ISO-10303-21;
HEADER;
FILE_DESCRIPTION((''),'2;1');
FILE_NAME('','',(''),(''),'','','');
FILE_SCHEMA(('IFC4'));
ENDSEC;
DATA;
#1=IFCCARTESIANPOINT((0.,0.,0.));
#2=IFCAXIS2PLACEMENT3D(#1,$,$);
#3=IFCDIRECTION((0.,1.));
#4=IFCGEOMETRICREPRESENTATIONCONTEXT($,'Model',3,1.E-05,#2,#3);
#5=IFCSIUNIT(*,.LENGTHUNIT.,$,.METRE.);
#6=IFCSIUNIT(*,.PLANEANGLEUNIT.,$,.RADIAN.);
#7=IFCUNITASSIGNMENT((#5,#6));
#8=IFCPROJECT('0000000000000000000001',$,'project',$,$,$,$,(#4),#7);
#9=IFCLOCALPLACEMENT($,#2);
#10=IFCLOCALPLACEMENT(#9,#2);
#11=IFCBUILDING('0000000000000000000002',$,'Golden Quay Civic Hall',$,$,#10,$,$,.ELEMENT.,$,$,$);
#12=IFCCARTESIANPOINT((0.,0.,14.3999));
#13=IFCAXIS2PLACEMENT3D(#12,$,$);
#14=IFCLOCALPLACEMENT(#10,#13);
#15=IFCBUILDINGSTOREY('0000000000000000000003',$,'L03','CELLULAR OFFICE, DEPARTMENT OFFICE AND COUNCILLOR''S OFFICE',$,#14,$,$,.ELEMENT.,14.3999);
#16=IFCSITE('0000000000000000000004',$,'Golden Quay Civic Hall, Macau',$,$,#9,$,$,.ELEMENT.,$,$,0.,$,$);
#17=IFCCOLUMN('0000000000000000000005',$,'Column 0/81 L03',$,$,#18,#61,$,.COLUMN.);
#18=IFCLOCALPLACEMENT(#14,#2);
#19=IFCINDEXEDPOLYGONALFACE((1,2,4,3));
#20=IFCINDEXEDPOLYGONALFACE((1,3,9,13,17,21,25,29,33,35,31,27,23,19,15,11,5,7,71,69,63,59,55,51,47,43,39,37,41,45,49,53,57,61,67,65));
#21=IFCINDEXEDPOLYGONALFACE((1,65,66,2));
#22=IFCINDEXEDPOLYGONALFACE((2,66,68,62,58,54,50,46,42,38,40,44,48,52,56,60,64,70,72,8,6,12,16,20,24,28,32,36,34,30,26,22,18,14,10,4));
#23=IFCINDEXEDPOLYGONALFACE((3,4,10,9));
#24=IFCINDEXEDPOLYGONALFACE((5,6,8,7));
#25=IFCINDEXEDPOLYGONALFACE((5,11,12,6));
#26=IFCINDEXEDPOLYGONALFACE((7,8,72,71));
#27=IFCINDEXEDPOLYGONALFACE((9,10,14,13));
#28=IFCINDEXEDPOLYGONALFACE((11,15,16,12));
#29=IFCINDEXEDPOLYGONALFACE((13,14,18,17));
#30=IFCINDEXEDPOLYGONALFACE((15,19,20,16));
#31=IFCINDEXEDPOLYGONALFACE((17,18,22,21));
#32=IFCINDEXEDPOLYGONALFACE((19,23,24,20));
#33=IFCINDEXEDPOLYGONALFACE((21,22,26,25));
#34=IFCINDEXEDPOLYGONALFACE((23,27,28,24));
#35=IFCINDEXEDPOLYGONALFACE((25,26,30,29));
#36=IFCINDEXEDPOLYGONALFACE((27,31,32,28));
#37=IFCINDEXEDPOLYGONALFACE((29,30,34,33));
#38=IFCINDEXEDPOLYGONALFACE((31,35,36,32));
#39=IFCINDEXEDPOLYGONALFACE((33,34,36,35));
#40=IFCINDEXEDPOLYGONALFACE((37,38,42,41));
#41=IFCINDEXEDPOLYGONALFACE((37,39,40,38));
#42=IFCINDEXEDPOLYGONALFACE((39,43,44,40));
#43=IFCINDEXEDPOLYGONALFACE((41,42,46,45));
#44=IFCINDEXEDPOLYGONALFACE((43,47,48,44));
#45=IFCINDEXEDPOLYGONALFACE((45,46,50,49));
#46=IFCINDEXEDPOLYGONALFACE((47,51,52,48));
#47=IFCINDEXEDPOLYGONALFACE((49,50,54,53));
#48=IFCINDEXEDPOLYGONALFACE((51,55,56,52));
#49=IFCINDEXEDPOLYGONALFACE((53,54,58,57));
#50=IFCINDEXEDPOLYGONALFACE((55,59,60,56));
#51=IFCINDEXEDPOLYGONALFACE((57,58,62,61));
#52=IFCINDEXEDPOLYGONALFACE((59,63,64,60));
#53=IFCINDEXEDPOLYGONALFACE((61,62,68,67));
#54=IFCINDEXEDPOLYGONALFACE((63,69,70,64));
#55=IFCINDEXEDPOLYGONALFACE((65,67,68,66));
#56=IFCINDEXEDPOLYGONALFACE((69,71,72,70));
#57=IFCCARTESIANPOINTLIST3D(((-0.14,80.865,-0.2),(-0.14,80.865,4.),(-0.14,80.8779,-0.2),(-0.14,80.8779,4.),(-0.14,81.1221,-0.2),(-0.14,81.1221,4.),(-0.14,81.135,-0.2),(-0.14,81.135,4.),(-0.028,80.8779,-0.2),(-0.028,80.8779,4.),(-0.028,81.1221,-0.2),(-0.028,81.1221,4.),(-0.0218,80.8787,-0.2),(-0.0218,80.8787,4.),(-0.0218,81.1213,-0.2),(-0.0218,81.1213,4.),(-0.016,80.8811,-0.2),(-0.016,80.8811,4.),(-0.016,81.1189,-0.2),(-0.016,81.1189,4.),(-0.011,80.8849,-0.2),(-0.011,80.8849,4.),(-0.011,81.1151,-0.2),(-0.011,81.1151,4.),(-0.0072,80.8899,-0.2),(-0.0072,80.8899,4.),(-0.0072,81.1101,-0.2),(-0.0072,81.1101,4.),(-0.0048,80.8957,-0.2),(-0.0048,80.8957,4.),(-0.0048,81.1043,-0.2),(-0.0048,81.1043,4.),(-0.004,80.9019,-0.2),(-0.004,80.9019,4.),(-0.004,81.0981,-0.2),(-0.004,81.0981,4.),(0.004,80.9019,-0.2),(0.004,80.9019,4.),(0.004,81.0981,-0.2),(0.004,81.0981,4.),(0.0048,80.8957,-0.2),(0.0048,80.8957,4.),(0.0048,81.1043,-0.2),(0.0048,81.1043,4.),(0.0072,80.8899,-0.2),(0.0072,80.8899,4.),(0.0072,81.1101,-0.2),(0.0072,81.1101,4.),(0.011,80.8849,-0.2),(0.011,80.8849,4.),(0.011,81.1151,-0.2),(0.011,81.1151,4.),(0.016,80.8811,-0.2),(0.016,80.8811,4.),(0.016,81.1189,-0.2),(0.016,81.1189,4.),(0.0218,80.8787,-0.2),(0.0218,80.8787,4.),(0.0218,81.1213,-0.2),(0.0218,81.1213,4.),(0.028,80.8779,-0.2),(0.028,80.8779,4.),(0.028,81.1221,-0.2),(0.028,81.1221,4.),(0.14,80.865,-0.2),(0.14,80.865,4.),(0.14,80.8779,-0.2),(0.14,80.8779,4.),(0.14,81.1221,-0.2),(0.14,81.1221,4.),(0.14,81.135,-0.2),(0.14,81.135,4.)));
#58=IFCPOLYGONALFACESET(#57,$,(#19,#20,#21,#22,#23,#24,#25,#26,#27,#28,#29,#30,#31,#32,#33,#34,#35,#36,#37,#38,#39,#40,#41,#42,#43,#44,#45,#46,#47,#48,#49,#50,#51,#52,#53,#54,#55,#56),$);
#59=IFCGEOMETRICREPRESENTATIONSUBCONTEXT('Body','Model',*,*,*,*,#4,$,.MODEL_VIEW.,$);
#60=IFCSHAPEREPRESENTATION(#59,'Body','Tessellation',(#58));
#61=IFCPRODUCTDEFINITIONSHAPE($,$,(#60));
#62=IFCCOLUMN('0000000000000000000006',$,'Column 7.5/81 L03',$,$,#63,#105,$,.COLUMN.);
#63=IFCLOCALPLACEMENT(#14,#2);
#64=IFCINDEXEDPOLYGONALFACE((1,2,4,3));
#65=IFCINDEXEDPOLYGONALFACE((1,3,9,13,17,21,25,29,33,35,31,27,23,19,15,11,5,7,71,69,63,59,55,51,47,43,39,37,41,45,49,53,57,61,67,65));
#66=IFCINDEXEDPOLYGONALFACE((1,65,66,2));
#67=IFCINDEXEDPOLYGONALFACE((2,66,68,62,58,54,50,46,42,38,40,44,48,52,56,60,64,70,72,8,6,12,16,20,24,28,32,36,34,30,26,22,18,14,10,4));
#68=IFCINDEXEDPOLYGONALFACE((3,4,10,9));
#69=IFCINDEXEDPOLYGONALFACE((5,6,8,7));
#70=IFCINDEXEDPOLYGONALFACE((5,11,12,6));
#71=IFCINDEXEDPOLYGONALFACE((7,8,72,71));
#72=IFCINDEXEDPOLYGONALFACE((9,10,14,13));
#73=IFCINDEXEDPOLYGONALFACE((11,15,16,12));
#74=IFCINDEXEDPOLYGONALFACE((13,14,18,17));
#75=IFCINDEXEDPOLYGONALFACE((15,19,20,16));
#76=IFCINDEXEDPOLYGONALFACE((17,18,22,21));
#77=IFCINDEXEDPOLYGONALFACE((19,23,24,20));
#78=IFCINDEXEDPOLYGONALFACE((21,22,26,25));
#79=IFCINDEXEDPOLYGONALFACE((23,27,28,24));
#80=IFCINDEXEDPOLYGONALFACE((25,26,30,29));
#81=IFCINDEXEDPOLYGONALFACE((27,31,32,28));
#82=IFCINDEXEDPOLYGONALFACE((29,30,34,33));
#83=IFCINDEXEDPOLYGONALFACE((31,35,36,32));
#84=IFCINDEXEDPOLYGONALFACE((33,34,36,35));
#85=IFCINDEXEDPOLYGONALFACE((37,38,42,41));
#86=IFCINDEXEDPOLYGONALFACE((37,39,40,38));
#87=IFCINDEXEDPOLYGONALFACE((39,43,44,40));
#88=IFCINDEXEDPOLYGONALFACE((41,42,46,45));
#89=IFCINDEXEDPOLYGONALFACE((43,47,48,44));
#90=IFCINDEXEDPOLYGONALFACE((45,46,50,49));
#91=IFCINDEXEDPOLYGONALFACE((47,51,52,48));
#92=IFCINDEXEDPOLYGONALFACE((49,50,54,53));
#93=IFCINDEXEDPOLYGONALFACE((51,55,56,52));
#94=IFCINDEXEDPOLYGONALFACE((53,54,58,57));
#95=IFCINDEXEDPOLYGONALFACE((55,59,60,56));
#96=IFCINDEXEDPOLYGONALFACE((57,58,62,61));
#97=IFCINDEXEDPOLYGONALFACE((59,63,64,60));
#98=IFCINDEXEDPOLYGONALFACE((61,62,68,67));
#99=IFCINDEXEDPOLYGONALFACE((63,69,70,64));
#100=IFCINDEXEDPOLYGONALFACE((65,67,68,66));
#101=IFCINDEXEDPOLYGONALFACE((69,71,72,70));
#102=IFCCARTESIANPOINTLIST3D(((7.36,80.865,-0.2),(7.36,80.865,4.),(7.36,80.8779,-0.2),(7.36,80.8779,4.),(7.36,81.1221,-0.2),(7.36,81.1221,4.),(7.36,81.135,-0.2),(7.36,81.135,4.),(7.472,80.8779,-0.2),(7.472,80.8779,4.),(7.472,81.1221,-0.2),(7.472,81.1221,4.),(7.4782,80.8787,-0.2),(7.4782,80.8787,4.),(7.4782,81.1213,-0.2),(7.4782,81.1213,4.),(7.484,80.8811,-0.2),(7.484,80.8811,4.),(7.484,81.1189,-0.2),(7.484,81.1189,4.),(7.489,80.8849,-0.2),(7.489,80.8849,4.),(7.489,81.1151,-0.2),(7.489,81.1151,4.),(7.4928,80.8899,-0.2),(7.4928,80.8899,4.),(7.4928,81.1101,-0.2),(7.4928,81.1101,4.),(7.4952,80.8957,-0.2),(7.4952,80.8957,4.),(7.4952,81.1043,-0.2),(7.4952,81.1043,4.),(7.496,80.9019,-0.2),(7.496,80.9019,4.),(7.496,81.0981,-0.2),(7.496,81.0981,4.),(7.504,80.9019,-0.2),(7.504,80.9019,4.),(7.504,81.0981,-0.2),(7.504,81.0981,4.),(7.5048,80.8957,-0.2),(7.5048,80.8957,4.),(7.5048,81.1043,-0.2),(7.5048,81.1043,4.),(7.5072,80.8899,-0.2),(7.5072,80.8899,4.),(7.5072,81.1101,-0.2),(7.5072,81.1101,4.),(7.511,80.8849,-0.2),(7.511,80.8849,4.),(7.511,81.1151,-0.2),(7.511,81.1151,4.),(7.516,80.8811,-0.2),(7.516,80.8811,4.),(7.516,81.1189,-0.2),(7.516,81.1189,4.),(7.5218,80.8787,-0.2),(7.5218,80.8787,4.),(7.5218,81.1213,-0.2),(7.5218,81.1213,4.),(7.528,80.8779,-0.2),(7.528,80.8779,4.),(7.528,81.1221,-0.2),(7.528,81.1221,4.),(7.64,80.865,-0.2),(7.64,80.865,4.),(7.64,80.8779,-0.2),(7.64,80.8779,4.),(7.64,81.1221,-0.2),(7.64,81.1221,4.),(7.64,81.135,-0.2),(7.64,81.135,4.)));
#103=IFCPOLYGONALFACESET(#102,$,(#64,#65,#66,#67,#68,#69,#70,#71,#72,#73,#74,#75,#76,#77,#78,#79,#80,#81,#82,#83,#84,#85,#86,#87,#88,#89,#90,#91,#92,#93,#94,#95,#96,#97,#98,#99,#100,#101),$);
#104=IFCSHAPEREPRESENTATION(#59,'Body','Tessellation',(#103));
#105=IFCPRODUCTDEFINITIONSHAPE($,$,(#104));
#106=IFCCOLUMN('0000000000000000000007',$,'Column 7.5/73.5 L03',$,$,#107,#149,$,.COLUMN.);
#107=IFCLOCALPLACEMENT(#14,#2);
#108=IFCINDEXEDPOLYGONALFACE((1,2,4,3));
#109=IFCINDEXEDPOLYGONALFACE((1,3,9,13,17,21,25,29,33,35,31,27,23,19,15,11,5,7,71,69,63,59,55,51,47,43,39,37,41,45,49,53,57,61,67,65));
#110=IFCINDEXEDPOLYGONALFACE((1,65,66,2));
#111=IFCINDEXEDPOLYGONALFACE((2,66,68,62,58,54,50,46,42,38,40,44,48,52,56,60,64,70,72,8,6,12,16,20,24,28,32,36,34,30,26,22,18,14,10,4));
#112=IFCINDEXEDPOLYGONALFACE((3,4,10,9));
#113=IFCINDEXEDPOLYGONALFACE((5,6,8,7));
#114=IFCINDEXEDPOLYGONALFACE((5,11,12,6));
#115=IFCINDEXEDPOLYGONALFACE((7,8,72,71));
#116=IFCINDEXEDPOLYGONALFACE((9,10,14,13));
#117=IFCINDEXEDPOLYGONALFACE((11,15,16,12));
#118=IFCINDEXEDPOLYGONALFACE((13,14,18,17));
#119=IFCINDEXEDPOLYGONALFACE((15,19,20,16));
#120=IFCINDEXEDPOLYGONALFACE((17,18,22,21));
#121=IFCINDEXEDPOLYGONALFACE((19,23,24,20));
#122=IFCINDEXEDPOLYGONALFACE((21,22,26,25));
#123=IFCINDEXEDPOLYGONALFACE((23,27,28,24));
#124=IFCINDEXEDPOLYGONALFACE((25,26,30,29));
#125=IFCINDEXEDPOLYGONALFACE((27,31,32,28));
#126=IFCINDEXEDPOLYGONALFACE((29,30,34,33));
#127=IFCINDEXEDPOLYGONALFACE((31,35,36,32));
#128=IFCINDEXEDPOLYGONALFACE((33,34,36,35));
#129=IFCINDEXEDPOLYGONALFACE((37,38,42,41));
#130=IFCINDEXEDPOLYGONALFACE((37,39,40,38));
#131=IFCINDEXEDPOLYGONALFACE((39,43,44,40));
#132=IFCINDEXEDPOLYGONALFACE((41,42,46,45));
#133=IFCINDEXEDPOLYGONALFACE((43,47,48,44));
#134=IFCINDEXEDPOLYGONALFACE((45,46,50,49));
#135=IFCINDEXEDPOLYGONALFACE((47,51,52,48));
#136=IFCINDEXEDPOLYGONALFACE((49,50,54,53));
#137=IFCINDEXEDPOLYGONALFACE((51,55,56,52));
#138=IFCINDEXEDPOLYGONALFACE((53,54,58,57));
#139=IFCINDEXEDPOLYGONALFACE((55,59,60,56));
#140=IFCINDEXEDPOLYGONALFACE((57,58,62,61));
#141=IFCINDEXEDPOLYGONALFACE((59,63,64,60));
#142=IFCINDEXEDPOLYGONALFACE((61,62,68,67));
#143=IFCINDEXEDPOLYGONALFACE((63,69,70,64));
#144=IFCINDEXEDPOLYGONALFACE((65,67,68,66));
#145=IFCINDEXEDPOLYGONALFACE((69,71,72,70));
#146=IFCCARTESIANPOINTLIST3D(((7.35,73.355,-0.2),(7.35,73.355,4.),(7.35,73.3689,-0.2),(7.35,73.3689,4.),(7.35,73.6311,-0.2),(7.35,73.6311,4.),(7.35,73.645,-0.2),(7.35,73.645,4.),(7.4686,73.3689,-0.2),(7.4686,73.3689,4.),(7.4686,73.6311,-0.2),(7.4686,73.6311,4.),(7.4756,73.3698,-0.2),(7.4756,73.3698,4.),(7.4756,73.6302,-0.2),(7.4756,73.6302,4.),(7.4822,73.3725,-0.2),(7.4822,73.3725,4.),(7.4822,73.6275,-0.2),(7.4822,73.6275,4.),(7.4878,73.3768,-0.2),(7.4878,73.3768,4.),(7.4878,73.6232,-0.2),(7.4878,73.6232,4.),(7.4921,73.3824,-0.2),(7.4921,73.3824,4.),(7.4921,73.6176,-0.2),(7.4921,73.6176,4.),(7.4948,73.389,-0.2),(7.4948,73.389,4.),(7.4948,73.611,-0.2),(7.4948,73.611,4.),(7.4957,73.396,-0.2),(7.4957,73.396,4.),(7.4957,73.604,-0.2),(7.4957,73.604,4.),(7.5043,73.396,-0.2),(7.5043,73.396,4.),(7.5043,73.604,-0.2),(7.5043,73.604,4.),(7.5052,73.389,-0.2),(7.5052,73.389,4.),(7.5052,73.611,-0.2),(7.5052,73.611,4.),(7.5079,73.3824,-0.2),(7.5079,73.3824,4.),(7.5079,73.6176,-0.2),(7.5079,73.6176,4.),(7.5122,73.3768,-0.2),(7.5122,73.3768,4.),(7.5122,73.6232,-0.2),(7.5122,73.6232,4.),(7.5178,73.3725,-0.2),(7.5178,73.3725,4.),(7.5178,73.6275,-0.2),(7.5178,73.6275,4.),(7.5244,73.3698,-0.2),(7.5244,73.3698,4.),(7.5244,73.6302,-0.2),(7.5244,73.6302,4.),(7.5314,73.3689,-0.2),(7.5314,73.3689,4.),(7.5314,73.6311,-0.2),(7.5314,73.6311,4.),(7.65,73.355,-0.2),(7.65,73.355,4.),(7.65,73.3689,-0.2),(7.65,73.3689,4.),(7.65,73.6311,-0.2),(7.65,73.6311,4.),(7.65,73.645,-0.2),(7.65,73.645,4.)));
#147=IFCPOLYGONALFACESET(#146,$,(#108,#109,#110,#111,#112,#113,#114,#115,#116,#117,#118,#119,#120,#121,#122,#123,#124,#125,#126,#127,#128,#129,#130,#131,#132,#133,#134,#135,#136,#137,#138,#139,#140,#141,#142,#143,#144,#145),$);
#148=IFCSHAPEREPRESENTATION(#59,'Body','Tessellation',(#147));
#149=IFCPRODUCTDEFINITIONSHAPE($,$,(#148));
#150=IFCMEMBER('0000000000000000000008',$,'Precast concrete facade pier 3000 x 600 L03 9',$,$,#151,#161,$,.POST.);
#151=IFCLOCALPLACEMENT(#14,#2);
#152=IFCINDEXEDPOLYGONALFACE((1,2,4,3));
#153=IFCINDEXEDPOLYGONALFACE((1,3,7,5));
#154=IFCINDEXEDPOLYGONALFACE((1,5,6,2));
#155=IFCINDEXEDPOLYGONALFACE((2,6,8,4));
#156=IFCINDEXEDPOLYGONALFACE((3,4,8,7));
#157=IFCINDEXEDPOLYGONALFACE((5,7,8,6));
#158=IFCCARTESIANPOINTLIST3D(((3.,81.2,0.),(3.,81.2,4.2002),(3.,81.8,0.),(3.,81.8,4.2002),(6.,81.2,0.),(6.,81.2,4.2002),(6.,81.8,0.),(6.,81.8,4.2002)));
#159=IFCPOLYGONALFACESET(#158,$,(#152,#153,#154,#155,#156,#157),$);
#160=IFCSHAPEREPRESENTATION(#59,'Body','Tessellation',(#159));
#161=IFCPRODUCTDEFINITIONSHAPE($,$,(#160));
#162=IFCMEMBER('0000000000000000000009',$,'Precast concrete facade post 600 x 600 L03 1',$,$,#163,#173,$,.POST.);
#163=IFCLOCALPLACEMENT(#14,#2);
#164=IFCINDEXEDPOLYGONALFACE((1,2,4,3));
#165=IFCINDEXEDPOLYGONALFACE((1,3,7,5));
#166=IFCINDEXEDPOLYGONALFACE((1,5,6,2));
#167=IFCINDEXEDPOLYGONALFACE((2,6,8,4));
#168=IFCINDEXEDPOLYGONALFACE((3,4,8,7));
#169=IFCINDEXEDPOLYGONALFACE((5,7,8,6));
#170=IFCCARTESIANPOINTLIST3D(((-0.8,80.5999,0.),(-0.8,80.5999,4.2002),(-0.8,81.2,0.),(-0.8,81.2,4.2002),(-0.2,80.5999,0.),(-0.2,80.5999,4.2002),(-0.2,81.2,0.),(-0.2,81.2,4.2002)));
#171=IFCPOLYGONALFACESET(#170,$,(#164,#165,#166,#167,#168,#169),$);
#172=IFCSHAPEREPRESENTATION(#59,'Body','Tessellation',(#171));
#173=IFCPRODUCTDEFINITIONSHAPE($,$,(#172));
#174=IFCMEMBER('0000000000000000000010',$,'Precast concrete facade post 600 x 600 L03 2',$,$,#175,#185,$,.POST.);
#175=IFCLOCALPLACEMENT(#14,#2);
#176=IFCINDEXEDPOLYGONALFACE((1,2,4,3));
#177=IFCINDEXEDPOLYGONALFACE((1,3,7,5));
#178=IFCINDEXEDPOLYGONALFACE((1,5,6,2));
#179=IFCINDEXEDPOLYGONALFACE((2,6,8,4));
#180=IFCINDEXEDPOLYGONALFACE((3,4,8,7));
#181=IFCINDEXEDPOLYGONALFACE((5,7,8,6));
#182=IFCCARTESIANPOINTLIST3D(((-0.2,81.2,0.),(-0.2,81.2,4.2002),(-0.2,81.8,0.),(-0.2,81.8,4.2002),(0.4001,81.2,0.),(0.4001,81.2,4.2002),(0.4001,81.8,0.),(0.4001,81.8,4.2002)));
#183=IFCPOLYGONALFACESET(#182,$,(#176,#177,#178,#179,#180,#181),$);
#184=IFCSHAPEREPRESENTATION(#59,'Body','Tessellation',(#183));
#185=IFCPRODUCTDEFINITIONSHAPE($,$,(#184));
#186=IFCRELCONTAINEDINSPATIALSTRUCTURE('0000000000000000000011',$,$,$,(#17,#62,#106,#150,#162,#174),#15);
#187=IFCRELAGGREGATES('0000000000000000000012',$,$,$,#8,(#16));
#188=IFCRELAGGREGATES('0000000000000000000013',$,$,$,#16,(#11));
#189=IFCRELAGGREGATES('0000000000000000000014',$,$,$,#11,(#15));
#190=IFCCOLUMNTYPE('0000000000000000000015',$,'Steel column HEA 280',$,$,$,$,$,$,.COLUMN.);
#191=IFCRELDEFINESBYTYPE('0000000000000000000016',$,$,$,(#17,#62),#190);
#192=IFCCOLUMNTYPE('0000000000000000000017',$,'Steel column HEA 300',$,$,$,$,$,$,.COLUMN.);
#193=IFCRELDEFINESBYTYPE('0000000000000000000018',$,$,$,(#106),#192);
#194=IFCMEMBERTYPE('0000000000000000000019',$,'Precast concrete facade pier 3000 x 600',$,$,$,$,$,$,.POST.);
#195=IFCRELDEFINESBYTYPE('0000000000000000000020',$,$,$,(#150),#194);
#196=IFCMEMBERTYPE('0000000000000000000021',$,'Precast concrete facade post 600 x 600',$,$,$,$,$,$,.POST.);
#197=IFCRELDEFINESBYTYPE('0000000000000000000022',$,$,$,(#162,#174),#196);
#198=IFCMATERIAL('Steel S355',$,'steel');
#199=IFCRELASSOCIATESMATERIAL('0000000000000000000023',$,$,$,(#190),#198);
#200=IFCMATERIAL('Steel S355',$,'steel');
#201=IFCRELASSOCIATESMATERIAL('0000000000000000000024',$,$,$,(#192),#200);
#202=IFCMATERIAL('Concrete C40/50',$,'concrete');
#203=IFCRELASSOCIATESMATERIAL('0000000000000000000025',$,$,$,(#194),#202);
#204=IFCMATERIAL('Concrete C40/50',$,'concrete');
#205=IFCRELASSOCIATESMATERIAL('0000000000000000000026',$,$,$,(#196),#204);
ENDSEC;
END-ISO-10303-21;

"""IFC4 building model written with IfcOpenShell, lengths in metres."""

from ifc_helpers import new_model, si_unit, direction, frame, origin, origin_2d, place, context, subcontext, project, spatial, rectangle, i_section, extrude, material, material_profile, profile_set, type_object, element, save


model = new_model("IFC4")

# Units and contexts
model_context = context("Model", 3, precision=1e-05, world=origin(), true_north=direction((0.0, 1.0)))
body_context = subcontext(model_context, "Body", "Model", "MODEL_VIEW")
ifc_project = project(units=[si_unit("LENGTHUNIT", "METRE"), si_unit("PLANEANGLEUNIT", "RADIAN")], contexts=[model_context])

# Site, building, storey
site_placement = place(None, origin())
site = spatial("IfcSite", under=ifc_project, at=site_placement, Name="Golden Quay Civic Hall, Macau", CompositionType="ELEMENT", RefElevation=0.0)
building_placement = place(site_placement, origin())
building = spatial("IfcBuilding", under=site, at=building_placement, Name="Golden Quay Civic Hall", CompositionType="ELEMENT")
storey_placement = place(building_placement, frame((0.0, 0.0, 14.3999)))
storey = spatial("IfcBuildingStorey", under=building, at=storey_placement, Name="L03", Description="CELLULAR OFFICE, DEPARTMENT OFFICE AND COUNCILLOR'S OFFICE", CompositionType="ELEMENT", Elevation=14.3999)

# Columns
ifc_material_1 = material(Name="Steel S355", Category="steel")
ifc_material_profile_1 = material_profile(ifc_material_1, i_section(OverallWidth=0.28, OverallDepth=0.27, WebThickness=0.0081, FlangeThickness=0.0129, FilletRadius=0.0239, at=origin_2d()), Name="HEA 280")
ifc_profile_set_1 = profile_set([ifc_material_profile_1], Name="Steel S355")
column_type_1 = type_object("IfcColumnType", Name="Steel column HEA 280", PredefinedType="COLUMN", material=ifc_profile_set_1)
for number, where, z_axis, x_axis, name in (
    (1, (0.0, 81.0, -0.2), (0.0, 0.0, 1.0), (1.0, 0.0, 0.0), "Column 0/81 L03"),
    (2, (7.5, 81.0, -0.2), (0.0, 0.0, 1.0), (1.0, 0.0, 0.0), "Column 7.5/81 L03"),
):
    element("IfcColumn", number, at=place(storey_placement, frame(where, z_axis=z_axis, x_axis=x_axis)), inside=storey, type_object=column_type_1, Name=name, PredefinedType="COLUMN", context=body_context, shape_type="SweptSolid", body=[
        extrude(i_section(OverallWidth=0.28, OverallDepth=0.27, WebThickness=0.0081, FlangeThickness=0.0129, FilletRadius=0.0239, at=origin_2d()), origin(), (0.0, 0.0, 1.0), 4.2),
    ])
ifc_material_2 = material(Name="Steel S355", Category="steel")
ifc_material_profile_2 = material_profile(ifc_material_2, i_section(OverallWidth=0.3, OverallDepth=0.29, WebThickness=0.0085, FlangeThickness=0.0139, FilletRadius=0.0271, at=origin_2d()), Name="HEA 300")
ifc_profile_set_2 = profile_set([ifc_material_profile_2], Name="Steel S355")
column_type_2 = type_object("IfcColumnType", Name="Steel column HEA 300", PredefinedType="COLUMN", material=ifc_profile_set_2)
column_placement = place(storey_placement, frame((7.5, 73.5, -0.2), z_axis=(0.0, 0.0, 1.0), x_axis=(1.0, 0.0, 0.0)))
element("IfcColumn", 3, at=column_placement, inside=storey, type_object=column_type_2, Name="Column 7.5/73.5 L03", PredefinedType="COLUMN", context=body_context, shape_type="SweptSolid", body=[
    extrude(i_section(OverallWidth=0.3, OverallDepth=0.29, WebThickness=0.0085, FlangeThickness=0.0139, FilletRadius=0.0271, at=origin_2d()), origin(), (0.0, 0.0, 1.0), 4.2),
])

# Members
ifc_material_3 = material(Name="Concrete C40/50", Category="concrete")
ifc_material_profile_3 = material_profile(ifc_material_3, rectangle(XDim=3.0, YDim=0.6001, at=origin_2d()), Name="RC 3000x600")
ifc_profile_set_3 = profile_set([ifc_material_profile_3], Name="Concrete C40/50")
member_type_1 = type_object("IfcMemberType", Name="Precast concrete facade pier 3000 x 600", PredefinedType="POST", material=ifc_profile_set_3)
member_placement = place(storey_placement, frame((4.5, 81.5, 0.0), z_axis=(0.0, 0.0, 1.0), x_axis=(1.0, 0.0, 0.0)))
element("IfcMember", 4, at=member_placement, inside=storey, type_object=member_type_1, Name="Precast concrete facade pier 3000 x 600 L03 9", PredefinedType="POST", context=body_context, shape_type="SweptSolid", body=[
    extrude(rectangle(XDim=3.0, YDim=0.6001, at=origin_2d()), origin(), (0.0, 0.0, 1.0), 4.2002),
])
ifc_material_4 = material(Name="Concrete C40/50", Category="concrete")
ifc_material_profile_4 = material_profile(ifc_material_4, rectangle(XDim=0.6001, YDim=0.6001, at=origin_2d()), Name="RC 600x600")
ifc_profile_set_4 = profile_set([ifc_material_profile_4], Name="Concrete C40/50")
member_type_2 = type_object("IfcMemberType", Name="Precast concrete facade post 600 x 600", PredefinedType="POST", material=ifc_profile_set_4)
for number, where, z_axis, x_axis, name in (
    (5, (-0.5, 80.8999, 0.0), (0.0, 0.0, 1.0), (1.0, 0.0, 0.0), "Precast concrete facade post 600 x 600 L03 1"),
    (6, (0.1001, 81.5, 0.0), (0.0, 0.0, 1.0), (1.0, 0.0, 0.0), "Precast concrete facade post 600 x 600 L03 2"),
):
    element("IfcMember", number, at=place(storey_placement, frame(where, z_axis=z_axis, x_axis=x_axis)), inside=storey, type_object=member_type_2, Name=name, PredefinedType="POST", context=body_context, shape_type="SweptSolid", body=[
        extrude(rectangle(XDim=0.6001, YDim=0.6001, at=origin_2d()), origin(), (0.0, 0.0, 1.0), 4.2002),
    ])

save(model, "model.ifc")
